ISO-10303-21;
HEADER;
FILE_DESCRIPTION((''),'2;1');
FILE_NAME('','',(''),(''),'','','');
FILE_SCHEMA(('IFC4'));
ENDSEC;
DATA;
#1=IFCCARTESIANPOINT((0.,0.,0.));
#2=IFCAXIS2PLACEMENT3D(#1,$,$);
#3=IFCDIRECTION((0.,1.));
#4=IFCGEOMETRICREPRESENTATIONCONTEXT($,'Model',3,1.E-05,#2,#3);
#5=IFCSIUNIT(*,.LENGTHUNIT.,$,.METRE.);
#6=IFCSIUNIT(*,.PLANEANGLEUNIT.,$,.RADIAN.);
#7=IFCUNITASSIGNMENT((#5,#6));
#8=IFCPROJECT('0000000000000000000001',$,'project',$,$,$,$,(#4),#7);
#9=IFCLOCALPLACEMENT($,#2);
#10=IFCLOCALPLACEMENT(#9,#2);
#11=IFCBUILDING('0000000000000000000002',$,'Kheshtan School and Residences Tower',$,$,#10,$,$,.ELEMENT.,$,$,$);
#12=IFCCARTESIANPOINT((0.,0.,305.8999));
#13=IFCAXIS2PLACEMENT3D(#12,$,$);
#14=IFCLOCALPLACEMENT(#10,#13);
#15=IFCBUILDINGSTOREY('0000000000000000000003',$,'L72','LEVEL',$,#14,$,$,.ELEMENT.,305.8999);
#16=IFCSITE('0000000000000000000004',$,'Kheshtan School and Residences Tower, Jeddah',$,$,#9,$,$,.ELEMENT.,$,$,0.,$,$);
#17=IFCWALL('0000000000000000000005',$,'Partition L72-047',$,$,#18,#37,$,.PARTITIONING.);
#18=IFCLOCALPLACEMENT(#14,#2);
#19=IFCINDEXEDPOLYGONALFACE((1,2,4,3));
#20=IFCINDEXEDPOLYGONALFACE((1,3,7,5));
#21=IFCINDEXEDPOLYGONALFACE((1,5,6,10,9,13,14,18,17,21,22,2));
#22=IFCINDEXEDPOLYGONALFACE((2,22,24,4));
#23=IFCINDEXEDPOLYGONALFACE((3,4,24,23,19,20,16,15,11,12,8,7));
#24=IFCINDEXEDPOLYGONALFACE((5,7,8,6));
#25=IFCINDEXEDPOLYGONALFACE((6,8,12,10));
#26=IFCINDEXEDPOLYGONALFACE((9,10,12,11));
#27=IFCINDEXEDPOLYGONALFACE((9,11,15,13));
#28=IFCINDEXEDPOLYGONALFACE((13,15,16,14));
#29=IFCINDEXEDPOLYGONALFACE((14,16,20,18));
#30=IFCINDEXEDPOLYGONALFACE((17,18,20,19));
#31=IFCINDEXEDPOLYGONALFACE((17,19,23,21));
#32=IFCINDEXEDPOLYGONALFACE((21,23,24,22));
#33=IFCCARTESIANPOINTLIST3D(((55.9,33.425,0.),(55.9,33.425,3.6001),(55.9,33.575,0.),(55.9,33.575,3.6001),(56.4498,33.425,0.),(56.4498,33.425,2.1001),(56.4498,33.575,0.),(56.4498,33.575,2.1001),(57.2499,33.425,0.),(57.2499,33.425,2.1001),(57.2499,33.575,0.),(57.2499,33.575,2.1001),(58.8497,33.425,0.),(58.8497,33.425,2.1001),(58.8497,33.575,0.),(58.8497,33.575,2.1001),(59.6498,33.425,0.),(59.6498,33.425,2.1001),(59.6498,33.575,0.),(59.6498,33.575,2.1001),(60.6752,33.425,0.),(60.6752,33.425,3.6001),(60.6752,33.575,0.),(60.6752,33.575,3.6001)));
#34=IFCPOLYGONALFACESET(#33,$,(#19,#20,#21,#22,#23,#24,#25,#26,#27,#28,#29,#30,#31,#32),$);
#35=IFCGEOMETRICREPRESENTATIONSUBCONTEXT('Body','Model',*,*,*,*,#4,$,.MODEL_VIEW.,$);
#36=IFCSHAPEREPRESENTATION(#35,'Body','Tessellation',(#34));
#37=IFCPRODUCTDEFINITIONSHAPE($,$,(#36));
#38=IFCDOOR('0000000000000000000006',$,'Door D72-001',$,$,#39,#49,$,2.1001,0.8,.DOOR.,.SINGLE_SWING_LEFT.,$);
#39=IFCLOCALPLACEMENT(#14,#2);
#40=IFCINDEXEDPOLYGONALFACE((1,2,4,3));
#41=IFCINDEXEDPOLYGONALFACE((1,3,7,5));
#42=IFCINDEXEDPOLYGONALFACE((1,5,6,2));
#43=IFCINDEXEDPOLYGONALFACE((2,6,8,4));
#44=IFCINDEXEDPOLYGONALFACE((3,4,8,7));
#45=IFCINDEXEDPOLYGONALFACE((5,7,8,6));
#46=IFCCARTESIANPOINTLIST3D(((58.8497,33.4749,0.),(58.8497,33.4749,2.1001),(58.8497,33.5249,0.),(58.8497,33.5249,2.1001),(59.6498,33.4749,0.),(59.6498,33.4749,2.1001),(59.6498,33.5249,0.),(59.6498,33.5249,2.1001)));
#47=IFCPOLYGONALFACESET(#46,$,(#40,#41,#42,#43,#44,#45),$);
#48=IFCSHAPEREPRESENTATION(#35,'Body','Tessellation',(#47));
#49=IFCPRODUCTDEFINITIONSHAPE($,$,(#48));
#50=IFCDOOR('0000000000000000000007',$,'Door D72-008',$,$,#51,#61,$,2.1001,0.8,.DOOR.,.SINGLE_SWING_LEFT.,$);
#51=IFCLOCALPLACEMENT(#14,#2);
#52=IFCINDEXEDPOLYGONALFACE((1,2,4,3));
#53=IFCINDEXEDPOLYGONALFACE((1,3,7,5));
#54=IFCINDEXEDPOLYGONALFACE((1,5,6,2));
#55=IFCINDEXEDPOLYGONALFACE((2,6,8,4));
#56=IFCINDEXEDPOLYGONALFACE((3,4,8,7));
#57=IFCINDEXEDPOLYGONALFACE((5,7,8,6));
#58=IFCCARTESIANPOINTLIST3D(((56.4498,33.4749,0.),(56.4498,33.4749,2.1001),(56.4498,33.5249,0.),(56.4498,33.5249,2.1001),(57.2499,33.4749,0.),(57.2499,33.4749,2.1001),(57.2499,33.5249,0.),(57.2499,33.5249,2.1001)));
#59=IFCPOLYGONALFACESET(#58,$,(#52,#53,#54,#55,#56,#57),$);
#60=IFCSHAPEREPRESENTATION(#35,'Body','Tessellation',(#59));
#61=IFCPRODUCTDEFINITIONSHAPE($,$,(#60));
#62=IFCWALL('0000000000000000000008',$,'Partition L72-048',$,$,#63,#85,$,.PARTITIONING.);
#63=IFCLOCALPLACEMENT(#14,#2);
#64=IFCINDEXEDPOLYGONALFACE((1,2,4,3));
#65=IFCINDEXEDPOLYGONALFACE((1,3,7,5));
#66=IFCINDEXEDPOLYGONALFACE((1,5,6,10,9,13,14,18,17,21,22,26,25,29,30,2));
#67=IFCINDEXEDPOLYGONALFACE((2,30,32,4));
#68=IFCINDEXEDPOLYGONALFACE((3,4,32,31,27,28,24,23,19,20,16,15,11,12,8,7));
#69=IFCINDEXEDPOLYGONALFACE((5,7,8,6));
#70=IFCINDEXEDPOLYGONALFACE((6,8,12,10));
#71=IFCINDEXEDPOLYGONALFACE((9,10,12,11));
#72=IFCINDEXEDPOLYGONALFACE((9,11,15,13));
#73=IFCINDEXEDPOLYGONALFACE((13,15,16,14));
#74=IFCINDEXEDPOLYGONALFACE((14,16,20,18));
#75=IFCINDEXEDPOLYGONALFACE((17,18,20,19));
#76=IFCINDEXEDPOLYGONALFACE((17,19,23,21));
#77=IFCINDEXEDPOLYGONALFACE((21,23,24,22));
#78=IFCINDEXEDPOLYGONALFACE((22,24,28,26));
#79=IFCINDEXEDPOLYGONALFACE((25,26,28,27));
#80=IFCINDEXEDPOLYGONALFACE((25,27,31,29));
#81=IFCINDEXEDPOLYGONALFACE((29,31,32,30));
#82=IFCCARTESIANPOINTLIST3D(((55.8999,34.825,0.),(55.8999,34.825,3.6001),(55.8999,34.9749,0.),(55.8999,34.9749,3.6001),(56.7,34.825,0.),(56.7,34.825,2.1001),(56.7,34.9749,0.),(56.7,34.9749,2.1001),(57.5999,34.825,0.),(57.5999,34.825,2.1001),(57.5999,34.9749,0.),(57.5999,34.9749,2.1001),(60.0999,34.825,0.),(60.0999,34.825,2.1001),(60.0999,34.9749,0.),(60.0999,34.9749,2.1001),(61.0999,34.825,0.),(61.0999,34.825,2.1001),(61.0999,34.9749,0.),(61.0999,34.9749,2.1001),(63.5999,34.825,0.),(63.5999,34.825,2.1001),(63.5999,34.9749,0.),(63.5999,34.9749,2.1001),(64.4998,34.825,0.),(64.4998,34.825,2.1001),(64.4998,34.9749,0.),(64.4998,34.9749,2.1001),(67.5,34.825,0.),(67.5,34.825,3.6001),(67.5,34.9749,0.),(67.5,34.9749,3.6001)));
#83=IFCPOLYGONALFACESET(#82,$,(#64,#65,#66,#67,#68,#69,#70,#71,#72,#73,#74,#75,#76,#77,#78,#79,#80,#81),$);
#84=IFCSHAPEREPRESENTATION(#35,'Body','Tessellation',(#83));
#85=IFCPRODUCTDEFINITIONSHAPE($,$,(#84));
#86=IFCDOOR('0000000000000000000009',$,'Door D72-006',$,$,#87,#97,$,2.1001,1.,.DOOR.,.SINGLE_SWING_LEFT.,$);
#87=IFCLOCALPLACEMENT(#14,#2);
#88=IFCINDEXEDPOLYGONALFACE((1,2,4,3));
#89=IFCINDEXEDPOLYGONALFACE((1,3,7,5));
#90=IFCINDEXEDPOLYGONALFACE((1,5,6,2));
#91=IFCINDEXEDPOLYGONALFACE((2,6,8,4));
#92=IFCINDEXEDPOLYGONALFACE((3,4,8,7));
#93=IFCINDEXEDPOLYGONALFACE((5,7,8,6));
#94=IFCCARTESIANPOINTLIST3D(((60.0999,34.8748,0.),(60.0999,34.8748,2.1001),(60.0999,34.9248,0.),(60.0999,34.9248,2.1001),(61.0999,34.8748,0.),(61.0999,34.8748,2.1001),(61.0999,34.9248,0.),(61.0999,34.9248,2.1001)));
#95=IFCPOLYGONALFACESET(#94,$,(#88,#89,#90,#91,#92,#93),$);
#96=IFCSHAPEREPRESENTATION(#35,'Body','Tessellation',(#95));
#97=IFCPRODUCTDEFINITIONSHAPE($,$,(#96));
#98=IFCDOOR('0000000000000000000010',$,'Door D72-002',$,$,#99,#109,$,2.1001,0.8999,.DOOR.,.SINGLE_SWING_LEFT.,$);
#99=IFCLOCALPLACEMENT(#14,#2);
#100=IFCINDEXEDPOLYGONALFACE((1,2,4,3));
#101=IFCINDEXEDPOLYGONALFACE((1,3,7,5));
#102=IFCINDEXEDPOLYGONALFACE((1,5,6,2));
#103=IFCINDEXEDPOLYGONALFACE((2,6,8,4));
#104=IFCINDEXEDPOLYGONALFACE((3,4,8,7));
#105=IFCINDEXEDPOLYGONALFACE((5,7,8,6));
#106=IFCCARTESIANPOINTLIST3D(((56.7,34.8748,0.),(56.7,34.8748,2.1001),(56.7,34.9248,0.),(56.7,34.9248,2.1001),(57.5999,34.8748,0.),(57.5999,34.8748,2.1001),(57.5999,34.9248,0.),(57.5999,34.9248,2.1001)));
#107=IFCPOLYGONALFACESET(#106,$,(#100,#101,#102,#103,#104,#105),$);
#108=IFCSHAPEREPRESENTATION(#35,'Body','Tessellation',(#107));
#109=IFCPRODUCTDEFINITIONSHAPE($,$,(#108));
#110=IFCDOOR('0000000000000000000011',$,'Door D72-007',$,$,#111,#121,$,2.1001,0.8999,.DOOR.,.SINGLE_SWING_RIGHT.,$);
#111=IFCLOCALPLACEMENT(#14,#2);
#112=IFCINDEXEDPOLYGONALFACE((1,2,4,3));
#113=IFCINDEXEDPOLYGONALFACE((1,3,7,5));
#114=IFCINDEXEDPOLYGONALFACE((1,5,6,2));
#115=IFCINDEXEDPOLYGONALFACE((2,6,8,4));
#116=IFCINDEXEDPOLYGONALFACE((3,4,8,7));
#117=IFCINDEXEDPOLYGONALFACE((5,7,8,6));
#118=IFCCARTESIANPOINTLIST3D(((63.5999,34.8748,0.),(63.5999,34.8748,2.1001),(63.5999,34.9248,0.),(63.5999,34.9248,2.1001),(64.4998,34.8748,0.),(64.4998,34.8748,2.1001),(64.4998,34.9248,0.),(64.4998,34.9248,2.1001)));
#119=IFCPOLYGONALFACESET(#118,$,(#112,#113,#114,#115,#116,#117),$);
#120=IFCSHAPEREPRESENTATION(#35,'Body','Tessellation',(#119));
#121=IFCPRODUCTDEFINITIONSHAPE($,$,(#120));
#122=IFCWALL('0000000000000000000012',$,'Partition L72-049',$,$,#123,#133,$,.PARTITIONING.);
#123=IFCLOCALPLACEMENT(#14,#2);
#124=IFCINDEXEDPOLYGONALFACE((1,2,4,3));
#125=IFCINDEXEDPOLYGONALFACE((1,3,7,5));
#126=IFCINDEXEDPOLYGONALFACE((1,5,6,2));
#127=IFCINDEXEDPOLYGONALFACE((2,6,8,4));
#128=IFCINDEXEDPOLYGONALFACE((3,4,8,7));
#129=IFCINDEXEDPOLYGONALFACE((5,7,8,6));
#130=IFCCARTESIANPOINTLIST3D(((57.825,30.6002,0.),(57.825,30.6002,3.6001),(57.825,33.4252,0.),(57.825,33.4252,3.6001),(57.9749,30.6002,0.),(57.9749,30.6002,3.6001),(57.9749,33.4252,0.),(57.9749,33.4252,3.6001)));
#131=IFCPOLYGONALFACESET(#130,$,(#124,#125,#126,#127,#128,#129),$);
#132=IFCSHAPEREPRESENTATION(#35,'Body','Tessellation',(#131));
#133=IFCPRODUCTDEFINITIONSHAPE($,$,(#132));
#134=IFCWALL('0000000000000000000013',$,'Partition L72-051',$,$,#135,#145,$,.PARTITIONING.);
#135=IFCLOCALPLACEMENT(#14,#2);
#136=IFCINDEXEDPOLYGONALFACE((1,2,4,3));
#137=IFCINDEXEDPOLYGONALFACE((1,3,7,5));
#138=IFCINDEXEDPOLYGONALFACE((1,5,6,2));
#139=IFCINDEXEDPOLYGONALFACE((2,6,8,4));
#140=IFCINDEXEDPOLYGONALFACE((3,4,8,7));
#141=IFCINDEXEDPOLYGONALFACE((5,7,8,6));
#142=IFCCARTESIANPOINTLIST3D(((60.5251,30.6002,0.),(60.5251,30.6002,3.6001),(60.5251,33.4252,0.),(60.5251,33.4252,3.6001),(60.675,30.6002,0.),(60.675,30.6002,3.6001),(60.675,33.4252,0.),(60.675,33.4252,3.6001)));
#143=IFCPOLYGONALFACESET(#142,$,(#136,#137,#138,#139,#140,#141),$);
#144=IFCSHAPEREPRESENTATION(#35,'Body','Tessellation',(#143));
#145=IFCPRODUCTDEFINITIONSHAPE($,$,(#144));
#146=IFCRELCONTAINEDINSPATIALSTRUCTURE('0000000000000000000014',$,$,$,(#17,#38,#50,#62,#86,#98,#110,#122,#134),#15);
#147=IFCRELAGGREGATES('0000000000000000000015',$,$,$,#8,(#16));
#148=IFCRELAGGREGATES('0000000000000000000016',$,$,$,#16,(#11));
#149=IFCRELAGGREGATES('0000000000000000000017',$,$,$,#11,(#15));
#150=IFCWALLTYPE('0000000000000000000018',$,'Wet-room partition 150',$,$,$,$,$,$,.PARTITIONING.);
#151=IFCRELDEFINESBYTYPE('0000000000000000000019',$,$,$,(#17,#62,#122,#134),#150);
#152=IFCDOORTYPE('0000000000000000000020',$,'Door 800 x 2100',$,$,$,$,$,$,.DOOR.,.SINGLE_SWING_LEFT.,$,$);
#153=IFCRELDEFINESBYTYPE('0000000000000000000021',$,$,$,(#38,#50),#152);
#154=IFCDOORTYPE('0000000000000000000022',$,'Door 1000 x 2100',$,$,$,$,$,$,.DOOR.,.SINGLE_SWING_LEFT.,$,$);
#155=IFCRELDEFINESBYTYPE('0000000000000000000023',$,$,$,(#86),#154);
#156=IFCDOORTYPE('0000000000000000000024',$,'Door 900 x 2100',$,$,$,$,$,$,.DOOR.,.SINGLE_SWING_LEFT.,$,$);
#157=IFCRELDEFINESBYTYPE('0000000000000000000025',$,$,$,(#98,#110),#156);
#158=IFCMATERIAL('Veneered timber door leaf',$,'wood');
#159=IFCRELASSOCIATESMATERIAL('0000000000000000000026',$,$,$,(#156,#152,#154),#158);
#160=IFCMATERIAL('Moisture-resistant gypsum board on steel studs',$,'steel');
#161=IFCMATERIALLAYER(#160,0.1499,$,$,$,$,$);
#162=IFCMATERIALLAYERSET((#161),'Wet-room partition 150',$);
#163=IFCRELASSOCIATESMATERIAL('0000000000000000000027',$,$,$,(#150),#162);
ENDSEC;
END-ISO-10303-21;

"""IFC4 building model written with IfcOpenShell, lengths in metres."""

from ifc_helpers import new_model, si_unit, direction, frame, frame_2d, origin, place, context, subcontext, project, spatial, rectangle, extrude, source, transform, mapped, material, layer, layer_set, type_object, element, fill, save


model = new_model("IFC4")

# Units and contexts
model_context = context("Model", 3, precision=1e-05, world=origin(), true_north=direction((0.0, 1.0)))
body_context = subcontext(model_context, "Body", "Model", "MODEL_VIEW")
ifc_project = project(units=[si_unit("LENGTHUNIT", "METRE"), si_unit("PLANEANGLEUNIT", "RADIAN")], contexts=[model_context])

# Site, building, storey
site_placement = place(None, origin())
site = spatial("IfcSite", under=ifc_project, at=site_placement, Name="Kheshtan School and Residences Tower, Jeddah", CompositionType="ELEMENT", RefElevation=0.0)
building_placement = place(site_placement, origin())
building = spatial("IfcBuilding", under=site, at=building_placement, Name="Kheshtan School and Residences Tower", CompositionType="ELEMENT")
storey_placement = place(building_placement, frame((0.0, 0.0, 305.8999)))
storey = spatial("IfcBuildingStorey", under=building, at=storey_placement, Name="L72", Description="LEVEL", CompositionType="ELEMENT", Elevation=305.8999)

# Shared definitions
ifc_material_1 = material(Name="Veneered timber door leaf", Category="wood")
door_type_1 = type_object("IfcDoorType", Name="Door 900 x 2100", OperationType="SINGLE_SWING_LEFT", PredefinedType="DOOR", material=ifc_material_1)
shared_shape_1 = source(origin(), body_context, "Body", "SweptSolid", [
    extrude(rectangle(XDim=0.8999, YDim=2.1001, at=frame_2d((0.45, 1.05))), frame((0.0, 0.0249, 0.0), z_axis=(0.0, -1.0, 0.0), x_axis=(1.0, 0.0, 0.0)), (0.0, 0.0, 1.0), 0.05),
])

# Walls, openings, doors
ifc_material_2 = material(Name="Moisture-resistant gypsum board on steel studs", Category="steel")
ifc_layer_1 = layer(ifc_material_2, 0.1499)
ifc_layer_set_1 = layer_set([ifc_layer_1], Name="Wet-room partition 150")
wall_type_1 = type_object("IfcWallType", Name="Wet-room partition 150", PredefinedType="PARTITIONING", material=ifc_layer_set_1)
wall_1_placement = place(storey_placement, frame((55.8999, 33.5, 0.0), z_axis=(0.0, 0.0, 1.0), x_axis=(1.0, 0.0, 0.0)))
wall_1 = element("IfcWall", 1, at=wall_1_placement, inside=storey, type_object=wall_type_1, Name="Partition L72-047", PredefinedType="PARTITIONING", context=body_context, shape_type="SweptSolid", body=[
    extrude(rectangle(XDim=4.7751, YDim=0.1499, at=frame_2d((2.3877, 0.0))), origin(), (0.0, 0.0, 1.0), 3.6001),
])
opening_1_placement = place(wall_1_placement, frame((2.95, 0.0, 0.0)))
opening_1 = element("IfcOpeningElement", 2, at=opening_1_placement, cuts=wall_1, PredefinedType="OPENING", context=body_context, shape_type="SweptSolid", body=[
    extrude(rectangle(XDim=0.8, YDim=2.1001, at=frame_2d((0.3999, 1.05))), frame((0.0, 0.085, 0.0), z_axis=(0.0, -1.0, 0.0), x_axis=(1.0, 0.0, 0.0)), (0.0, 0.0, 1.0), 0.1699),
])
opening_2_placement = place(wall_1_placement, frame((0.55, 0.0, 0.0)))
opening_2 = element("IfcOpeningElement", 3, at=opening_2_placement, cuts=wall_1, PredefinedType="OPENING", context=body_context, shape_type="SweptSolid", body=[
    extrude(rectangle(XDim=0.8, YDim=2.1001, at=frame_2d((0.3999, 1.05))), frame((0.0, 0.085, 0.0), z_axis=(0.0, -1.0, 0.0), x_axis=(1.0, 0.0, 0.0)), (0.0, 0.0, 1.0), 0.1699),
])
door_type_2 = type_object("IfcDoorType", Name="Door 800 x 2100", OperationType="SINGLE_SWING_LEFT", PredefinedType="DOOR", material=ifc_material_1)
shared_shape_2 = source(origin(), body_context, "Body", "SweptSolid", [
    extrude(rectangle(XDim=0.8, YDim=2.1001, at=frame_2d((0.3999, 1.05))), frame((0.0, 0.0249, 0.0), z_axis=(0.0, -1.0, 0.0), x_axis=(1.0, 0.0, 0.0)), (0.0, 0.0, 1.0), 0.05),
])
door_1_placement = place(opening_1_placement, origin())
door_1 = element("IfcDoor", 4, at=door_1_placement, inside=storey, type_object=door_type_2, Name="Door D72-001", OperationType="SINGLE_SWING_LEFT", OverallHeight=2.1001, OverallWidth=0.8, PredefinedType="DOOR", context=body_context, shape_type="MappedRepresentation", body=[
    mapped(shared_shape_2, transform((0.0, 0.0, 0.0), x_axis=(1.0, 0.0, 0.0), y_axis=(0.0, 1.0, 0.0), z_axis=(0.0, 0.0, 1.0), scale=1.0)),
])
fill(opening_1, door_1)
door_2_placement = place(opening_2_placement, origin())
door_2 = element("IfcDoor", 5, at=door_2_placement, inside=storey, type_object=door_type_2, Name="Door D72-008", OperationType="SINGLE_SWING_LEFT", OverallHeight=2.1001, OverallWidth=0.8, PredefinedType="DOOR", context=body_context, shape_type="MappedRepresentation", body=[
    mapped(shared_shape_2, transform((0.0, 0.0, 0.0), x_axis=(1.0, 0.0, 0.0), y_axis=(0.0, 1.0, 0.0), z_axis=(0.0, 0.0, 1.0), scale=1.0)),
])
fill(opening_2, door_2)
wall_2_placement = place(storey_placement, frame((55.8999, 34.8999, 0.0), z_axis=(0.0, 0.0, 1.0), x_axis=(1.0, 0.0, 0.0)))
wall_2 = element("IfcWall", 6, at=wall_2_placement, inside=storey, type_object=wall_type_1, Name="Partition L72-048", PredefinedType="PARTITIONING", context=body_context, shape_type="SweptSolid", body=[
    extrude(rectangle(XDim=11.6001, YDim=0.1499, at=frame_2d((5.8, 0.0))), origin(), (0.0, 0.0, 1.0), 3.6001),
])
opening_3_placement = place(wall_2_placement, frame((0.8, 0.0, 0.0)))
opening_3 = element("IfcOpeningElement", 7, at=opening_3_placement, cuts=wall_2, PredefinedType="OPENING", context=body_context, shape_type="SweptSolid", body=[
    extrude(rectangle(XDim=0.8999, YDim=2.1001, at=frame_2d((0.45, 1.05))), frame((0.0, 0.085, 0.0), z_axis=(0.0, -1.0, 0.0), x_axis=(1.0, 0.0, 0.0)), (0.0, 0.0, 1.0), 0.1699),
])
opening_4_placement = place(wall_2_placement, frame((4.2, 0.0, 0.0)))
opening_4 = element("IfcOpeningElement", 8, at=opening_4_placement, cuts=wall_2, PredefinedType="OPENING", context=body_context, shape_type="SweptSolid", body=[
    extrude(rectangle(XDim=1.0, YDim=2.1001, at=frame_2d((0.5, 1.05))), frame((0.0, 0.085, 0.0), z_axis=(0.0, -1.0, 0.0), x_axis=(1.0, 0.0, 0.0)), (0.0, 0.0, 1.0), 0.1699),
])
opening_5_placement = place(wall_2_placement, frame((7.7, 0.0, 0.0)))
opening_5 = element("IfcOpeningElement", 9, at=opening_5_placement, cuts=wall_2, PredefinedType="OPENING", context=body_context, shape_type="SweptSolid", body=[
    extrude(rectangle(XDim=0.8999, YDim=2.1001, at=frame_2d((0.45, 1.05))), frame((0.0, 0.085, 0.0), z_axis=(0.0, -1.0, 0.0), x_axis=(1.0, 0.0, 0.0)), (0.0, 0.0, 1.0), 0.1699),
])
door_type_3 = type_object("IfcDoorType", Name="Door 1000 x 2100", OperationType="SINGLE_SWING_LEFT", PredefinedType="DOOR", material=ifc_material_1)
shared_shape_3 = source(origin(), body_context, "Body", "SweptSolid", [
    extrude(rectangle(XDim=1.0, YDim=2.1001, at=frame_2d((0.5, 1.05))), frame((0.0, 0.0249, 0.0), z_axis=(0.0, -1.0, 0.0), x_axis=(1.0, 0.0, 0.0)), (0.0, 0.0, 1.0), 0.05),
])
door_3_placement = place(opening_4_placement, origin())
door_3 = element("IfcDoor", 10, at=door_3_placement, inside=storey, type_object=door_type_3, Name="Door D72-006", OperationType="SINGLE_SWING_LEFT", OverallHeight=2.1001, OverallWidth=1.0, PredefinedType="DOOR", context=body_context, shape_type="MappedRepresentation", body=[
    mapped(shared_shape_3, transform((0.0, 0.0, 0.0), x_axis=(1.0, 0.0, 0.0), y_axis=(0.0, 1.0, 0.0), z_axis=(0.0, 0.0, 1.0), scale=1.0)),
])
fill(opening_4, door_3)
door_4_placement = place(opening_3_placement, origin())
door_4 = element("IfcDoor", 11, at=door_4_placement, inside=storey, type_object=door_type_1, Name="Door D72-002", OperationType="SINGLE_SWING_LEFT", OverallHeight=2.1001, OverallWidth=0.8999, PredefinedType="DOOR", context=body_context, shape_type="MappedRepresentation", body=[
    mapped(shared_shape_1, transform((0.0, 0.0, 0.0), x_axis=(1.0, 0.0, 0.0), y_axis=(0.0, 1.0, 0.0), z_axis=(0.0, 0.0, 1.0), scale=1.0)),
])
fill(opening_3, door_4)
door_5_placement = place(opening_5_placement, origin())
door_5 = element("IfcDoor", 12, at=door_5_placement, inside=storey, type_object=door_type_1, Name="Door D72-007", OperationType="SINGLE_SWING_RIGHT", OverallHeight=2.1001, OverallWidth=0.8999, PredefinedType="DOOR", context=body_context, shape_type="MappedRepresentation", body=[
    mapped(shared_shape_1, transform((0.0, 0.0, 0.0), x_axis=(1.0, 0.0, 0.0), y_axis=(0.0, 1.0, 0.0), z_axis=(0.0, 0.0, 1.0), scale=1.0)),
])
fill(opening_5, door_5)

# Walls
for number, where, z_axis, x_axis, name in (
    (13, (57.8999, 30.6001, 0.0), (0.0, 0.0, 1.0), (0.0, 1.0, 0.0), "Partition L72-049"),
    (14, (60.6001, 30.6001, 0.0), (0.0, 0.0, 1.0), (0.0, 1.0, 0.0), "Partition L72-051"),
):
    element("IfcWall", number, at=place(storey_placement, frame(where, z_axis=z_axis, x_axis=x_axis)), inside=storey, type_object=wall_type_1, Name=name, PredefinedType="PARTITIONING", context=body_context, shape_type="SweptSolid", body=[
        extrude(rectangle(XDim=2.825, YDim=0.1499, at=frame_2d((1.4126, 0.0))), origin(), (0.0, 0.0, 1.0), 3.6001),
    ])

save(model, "model.ifc")
